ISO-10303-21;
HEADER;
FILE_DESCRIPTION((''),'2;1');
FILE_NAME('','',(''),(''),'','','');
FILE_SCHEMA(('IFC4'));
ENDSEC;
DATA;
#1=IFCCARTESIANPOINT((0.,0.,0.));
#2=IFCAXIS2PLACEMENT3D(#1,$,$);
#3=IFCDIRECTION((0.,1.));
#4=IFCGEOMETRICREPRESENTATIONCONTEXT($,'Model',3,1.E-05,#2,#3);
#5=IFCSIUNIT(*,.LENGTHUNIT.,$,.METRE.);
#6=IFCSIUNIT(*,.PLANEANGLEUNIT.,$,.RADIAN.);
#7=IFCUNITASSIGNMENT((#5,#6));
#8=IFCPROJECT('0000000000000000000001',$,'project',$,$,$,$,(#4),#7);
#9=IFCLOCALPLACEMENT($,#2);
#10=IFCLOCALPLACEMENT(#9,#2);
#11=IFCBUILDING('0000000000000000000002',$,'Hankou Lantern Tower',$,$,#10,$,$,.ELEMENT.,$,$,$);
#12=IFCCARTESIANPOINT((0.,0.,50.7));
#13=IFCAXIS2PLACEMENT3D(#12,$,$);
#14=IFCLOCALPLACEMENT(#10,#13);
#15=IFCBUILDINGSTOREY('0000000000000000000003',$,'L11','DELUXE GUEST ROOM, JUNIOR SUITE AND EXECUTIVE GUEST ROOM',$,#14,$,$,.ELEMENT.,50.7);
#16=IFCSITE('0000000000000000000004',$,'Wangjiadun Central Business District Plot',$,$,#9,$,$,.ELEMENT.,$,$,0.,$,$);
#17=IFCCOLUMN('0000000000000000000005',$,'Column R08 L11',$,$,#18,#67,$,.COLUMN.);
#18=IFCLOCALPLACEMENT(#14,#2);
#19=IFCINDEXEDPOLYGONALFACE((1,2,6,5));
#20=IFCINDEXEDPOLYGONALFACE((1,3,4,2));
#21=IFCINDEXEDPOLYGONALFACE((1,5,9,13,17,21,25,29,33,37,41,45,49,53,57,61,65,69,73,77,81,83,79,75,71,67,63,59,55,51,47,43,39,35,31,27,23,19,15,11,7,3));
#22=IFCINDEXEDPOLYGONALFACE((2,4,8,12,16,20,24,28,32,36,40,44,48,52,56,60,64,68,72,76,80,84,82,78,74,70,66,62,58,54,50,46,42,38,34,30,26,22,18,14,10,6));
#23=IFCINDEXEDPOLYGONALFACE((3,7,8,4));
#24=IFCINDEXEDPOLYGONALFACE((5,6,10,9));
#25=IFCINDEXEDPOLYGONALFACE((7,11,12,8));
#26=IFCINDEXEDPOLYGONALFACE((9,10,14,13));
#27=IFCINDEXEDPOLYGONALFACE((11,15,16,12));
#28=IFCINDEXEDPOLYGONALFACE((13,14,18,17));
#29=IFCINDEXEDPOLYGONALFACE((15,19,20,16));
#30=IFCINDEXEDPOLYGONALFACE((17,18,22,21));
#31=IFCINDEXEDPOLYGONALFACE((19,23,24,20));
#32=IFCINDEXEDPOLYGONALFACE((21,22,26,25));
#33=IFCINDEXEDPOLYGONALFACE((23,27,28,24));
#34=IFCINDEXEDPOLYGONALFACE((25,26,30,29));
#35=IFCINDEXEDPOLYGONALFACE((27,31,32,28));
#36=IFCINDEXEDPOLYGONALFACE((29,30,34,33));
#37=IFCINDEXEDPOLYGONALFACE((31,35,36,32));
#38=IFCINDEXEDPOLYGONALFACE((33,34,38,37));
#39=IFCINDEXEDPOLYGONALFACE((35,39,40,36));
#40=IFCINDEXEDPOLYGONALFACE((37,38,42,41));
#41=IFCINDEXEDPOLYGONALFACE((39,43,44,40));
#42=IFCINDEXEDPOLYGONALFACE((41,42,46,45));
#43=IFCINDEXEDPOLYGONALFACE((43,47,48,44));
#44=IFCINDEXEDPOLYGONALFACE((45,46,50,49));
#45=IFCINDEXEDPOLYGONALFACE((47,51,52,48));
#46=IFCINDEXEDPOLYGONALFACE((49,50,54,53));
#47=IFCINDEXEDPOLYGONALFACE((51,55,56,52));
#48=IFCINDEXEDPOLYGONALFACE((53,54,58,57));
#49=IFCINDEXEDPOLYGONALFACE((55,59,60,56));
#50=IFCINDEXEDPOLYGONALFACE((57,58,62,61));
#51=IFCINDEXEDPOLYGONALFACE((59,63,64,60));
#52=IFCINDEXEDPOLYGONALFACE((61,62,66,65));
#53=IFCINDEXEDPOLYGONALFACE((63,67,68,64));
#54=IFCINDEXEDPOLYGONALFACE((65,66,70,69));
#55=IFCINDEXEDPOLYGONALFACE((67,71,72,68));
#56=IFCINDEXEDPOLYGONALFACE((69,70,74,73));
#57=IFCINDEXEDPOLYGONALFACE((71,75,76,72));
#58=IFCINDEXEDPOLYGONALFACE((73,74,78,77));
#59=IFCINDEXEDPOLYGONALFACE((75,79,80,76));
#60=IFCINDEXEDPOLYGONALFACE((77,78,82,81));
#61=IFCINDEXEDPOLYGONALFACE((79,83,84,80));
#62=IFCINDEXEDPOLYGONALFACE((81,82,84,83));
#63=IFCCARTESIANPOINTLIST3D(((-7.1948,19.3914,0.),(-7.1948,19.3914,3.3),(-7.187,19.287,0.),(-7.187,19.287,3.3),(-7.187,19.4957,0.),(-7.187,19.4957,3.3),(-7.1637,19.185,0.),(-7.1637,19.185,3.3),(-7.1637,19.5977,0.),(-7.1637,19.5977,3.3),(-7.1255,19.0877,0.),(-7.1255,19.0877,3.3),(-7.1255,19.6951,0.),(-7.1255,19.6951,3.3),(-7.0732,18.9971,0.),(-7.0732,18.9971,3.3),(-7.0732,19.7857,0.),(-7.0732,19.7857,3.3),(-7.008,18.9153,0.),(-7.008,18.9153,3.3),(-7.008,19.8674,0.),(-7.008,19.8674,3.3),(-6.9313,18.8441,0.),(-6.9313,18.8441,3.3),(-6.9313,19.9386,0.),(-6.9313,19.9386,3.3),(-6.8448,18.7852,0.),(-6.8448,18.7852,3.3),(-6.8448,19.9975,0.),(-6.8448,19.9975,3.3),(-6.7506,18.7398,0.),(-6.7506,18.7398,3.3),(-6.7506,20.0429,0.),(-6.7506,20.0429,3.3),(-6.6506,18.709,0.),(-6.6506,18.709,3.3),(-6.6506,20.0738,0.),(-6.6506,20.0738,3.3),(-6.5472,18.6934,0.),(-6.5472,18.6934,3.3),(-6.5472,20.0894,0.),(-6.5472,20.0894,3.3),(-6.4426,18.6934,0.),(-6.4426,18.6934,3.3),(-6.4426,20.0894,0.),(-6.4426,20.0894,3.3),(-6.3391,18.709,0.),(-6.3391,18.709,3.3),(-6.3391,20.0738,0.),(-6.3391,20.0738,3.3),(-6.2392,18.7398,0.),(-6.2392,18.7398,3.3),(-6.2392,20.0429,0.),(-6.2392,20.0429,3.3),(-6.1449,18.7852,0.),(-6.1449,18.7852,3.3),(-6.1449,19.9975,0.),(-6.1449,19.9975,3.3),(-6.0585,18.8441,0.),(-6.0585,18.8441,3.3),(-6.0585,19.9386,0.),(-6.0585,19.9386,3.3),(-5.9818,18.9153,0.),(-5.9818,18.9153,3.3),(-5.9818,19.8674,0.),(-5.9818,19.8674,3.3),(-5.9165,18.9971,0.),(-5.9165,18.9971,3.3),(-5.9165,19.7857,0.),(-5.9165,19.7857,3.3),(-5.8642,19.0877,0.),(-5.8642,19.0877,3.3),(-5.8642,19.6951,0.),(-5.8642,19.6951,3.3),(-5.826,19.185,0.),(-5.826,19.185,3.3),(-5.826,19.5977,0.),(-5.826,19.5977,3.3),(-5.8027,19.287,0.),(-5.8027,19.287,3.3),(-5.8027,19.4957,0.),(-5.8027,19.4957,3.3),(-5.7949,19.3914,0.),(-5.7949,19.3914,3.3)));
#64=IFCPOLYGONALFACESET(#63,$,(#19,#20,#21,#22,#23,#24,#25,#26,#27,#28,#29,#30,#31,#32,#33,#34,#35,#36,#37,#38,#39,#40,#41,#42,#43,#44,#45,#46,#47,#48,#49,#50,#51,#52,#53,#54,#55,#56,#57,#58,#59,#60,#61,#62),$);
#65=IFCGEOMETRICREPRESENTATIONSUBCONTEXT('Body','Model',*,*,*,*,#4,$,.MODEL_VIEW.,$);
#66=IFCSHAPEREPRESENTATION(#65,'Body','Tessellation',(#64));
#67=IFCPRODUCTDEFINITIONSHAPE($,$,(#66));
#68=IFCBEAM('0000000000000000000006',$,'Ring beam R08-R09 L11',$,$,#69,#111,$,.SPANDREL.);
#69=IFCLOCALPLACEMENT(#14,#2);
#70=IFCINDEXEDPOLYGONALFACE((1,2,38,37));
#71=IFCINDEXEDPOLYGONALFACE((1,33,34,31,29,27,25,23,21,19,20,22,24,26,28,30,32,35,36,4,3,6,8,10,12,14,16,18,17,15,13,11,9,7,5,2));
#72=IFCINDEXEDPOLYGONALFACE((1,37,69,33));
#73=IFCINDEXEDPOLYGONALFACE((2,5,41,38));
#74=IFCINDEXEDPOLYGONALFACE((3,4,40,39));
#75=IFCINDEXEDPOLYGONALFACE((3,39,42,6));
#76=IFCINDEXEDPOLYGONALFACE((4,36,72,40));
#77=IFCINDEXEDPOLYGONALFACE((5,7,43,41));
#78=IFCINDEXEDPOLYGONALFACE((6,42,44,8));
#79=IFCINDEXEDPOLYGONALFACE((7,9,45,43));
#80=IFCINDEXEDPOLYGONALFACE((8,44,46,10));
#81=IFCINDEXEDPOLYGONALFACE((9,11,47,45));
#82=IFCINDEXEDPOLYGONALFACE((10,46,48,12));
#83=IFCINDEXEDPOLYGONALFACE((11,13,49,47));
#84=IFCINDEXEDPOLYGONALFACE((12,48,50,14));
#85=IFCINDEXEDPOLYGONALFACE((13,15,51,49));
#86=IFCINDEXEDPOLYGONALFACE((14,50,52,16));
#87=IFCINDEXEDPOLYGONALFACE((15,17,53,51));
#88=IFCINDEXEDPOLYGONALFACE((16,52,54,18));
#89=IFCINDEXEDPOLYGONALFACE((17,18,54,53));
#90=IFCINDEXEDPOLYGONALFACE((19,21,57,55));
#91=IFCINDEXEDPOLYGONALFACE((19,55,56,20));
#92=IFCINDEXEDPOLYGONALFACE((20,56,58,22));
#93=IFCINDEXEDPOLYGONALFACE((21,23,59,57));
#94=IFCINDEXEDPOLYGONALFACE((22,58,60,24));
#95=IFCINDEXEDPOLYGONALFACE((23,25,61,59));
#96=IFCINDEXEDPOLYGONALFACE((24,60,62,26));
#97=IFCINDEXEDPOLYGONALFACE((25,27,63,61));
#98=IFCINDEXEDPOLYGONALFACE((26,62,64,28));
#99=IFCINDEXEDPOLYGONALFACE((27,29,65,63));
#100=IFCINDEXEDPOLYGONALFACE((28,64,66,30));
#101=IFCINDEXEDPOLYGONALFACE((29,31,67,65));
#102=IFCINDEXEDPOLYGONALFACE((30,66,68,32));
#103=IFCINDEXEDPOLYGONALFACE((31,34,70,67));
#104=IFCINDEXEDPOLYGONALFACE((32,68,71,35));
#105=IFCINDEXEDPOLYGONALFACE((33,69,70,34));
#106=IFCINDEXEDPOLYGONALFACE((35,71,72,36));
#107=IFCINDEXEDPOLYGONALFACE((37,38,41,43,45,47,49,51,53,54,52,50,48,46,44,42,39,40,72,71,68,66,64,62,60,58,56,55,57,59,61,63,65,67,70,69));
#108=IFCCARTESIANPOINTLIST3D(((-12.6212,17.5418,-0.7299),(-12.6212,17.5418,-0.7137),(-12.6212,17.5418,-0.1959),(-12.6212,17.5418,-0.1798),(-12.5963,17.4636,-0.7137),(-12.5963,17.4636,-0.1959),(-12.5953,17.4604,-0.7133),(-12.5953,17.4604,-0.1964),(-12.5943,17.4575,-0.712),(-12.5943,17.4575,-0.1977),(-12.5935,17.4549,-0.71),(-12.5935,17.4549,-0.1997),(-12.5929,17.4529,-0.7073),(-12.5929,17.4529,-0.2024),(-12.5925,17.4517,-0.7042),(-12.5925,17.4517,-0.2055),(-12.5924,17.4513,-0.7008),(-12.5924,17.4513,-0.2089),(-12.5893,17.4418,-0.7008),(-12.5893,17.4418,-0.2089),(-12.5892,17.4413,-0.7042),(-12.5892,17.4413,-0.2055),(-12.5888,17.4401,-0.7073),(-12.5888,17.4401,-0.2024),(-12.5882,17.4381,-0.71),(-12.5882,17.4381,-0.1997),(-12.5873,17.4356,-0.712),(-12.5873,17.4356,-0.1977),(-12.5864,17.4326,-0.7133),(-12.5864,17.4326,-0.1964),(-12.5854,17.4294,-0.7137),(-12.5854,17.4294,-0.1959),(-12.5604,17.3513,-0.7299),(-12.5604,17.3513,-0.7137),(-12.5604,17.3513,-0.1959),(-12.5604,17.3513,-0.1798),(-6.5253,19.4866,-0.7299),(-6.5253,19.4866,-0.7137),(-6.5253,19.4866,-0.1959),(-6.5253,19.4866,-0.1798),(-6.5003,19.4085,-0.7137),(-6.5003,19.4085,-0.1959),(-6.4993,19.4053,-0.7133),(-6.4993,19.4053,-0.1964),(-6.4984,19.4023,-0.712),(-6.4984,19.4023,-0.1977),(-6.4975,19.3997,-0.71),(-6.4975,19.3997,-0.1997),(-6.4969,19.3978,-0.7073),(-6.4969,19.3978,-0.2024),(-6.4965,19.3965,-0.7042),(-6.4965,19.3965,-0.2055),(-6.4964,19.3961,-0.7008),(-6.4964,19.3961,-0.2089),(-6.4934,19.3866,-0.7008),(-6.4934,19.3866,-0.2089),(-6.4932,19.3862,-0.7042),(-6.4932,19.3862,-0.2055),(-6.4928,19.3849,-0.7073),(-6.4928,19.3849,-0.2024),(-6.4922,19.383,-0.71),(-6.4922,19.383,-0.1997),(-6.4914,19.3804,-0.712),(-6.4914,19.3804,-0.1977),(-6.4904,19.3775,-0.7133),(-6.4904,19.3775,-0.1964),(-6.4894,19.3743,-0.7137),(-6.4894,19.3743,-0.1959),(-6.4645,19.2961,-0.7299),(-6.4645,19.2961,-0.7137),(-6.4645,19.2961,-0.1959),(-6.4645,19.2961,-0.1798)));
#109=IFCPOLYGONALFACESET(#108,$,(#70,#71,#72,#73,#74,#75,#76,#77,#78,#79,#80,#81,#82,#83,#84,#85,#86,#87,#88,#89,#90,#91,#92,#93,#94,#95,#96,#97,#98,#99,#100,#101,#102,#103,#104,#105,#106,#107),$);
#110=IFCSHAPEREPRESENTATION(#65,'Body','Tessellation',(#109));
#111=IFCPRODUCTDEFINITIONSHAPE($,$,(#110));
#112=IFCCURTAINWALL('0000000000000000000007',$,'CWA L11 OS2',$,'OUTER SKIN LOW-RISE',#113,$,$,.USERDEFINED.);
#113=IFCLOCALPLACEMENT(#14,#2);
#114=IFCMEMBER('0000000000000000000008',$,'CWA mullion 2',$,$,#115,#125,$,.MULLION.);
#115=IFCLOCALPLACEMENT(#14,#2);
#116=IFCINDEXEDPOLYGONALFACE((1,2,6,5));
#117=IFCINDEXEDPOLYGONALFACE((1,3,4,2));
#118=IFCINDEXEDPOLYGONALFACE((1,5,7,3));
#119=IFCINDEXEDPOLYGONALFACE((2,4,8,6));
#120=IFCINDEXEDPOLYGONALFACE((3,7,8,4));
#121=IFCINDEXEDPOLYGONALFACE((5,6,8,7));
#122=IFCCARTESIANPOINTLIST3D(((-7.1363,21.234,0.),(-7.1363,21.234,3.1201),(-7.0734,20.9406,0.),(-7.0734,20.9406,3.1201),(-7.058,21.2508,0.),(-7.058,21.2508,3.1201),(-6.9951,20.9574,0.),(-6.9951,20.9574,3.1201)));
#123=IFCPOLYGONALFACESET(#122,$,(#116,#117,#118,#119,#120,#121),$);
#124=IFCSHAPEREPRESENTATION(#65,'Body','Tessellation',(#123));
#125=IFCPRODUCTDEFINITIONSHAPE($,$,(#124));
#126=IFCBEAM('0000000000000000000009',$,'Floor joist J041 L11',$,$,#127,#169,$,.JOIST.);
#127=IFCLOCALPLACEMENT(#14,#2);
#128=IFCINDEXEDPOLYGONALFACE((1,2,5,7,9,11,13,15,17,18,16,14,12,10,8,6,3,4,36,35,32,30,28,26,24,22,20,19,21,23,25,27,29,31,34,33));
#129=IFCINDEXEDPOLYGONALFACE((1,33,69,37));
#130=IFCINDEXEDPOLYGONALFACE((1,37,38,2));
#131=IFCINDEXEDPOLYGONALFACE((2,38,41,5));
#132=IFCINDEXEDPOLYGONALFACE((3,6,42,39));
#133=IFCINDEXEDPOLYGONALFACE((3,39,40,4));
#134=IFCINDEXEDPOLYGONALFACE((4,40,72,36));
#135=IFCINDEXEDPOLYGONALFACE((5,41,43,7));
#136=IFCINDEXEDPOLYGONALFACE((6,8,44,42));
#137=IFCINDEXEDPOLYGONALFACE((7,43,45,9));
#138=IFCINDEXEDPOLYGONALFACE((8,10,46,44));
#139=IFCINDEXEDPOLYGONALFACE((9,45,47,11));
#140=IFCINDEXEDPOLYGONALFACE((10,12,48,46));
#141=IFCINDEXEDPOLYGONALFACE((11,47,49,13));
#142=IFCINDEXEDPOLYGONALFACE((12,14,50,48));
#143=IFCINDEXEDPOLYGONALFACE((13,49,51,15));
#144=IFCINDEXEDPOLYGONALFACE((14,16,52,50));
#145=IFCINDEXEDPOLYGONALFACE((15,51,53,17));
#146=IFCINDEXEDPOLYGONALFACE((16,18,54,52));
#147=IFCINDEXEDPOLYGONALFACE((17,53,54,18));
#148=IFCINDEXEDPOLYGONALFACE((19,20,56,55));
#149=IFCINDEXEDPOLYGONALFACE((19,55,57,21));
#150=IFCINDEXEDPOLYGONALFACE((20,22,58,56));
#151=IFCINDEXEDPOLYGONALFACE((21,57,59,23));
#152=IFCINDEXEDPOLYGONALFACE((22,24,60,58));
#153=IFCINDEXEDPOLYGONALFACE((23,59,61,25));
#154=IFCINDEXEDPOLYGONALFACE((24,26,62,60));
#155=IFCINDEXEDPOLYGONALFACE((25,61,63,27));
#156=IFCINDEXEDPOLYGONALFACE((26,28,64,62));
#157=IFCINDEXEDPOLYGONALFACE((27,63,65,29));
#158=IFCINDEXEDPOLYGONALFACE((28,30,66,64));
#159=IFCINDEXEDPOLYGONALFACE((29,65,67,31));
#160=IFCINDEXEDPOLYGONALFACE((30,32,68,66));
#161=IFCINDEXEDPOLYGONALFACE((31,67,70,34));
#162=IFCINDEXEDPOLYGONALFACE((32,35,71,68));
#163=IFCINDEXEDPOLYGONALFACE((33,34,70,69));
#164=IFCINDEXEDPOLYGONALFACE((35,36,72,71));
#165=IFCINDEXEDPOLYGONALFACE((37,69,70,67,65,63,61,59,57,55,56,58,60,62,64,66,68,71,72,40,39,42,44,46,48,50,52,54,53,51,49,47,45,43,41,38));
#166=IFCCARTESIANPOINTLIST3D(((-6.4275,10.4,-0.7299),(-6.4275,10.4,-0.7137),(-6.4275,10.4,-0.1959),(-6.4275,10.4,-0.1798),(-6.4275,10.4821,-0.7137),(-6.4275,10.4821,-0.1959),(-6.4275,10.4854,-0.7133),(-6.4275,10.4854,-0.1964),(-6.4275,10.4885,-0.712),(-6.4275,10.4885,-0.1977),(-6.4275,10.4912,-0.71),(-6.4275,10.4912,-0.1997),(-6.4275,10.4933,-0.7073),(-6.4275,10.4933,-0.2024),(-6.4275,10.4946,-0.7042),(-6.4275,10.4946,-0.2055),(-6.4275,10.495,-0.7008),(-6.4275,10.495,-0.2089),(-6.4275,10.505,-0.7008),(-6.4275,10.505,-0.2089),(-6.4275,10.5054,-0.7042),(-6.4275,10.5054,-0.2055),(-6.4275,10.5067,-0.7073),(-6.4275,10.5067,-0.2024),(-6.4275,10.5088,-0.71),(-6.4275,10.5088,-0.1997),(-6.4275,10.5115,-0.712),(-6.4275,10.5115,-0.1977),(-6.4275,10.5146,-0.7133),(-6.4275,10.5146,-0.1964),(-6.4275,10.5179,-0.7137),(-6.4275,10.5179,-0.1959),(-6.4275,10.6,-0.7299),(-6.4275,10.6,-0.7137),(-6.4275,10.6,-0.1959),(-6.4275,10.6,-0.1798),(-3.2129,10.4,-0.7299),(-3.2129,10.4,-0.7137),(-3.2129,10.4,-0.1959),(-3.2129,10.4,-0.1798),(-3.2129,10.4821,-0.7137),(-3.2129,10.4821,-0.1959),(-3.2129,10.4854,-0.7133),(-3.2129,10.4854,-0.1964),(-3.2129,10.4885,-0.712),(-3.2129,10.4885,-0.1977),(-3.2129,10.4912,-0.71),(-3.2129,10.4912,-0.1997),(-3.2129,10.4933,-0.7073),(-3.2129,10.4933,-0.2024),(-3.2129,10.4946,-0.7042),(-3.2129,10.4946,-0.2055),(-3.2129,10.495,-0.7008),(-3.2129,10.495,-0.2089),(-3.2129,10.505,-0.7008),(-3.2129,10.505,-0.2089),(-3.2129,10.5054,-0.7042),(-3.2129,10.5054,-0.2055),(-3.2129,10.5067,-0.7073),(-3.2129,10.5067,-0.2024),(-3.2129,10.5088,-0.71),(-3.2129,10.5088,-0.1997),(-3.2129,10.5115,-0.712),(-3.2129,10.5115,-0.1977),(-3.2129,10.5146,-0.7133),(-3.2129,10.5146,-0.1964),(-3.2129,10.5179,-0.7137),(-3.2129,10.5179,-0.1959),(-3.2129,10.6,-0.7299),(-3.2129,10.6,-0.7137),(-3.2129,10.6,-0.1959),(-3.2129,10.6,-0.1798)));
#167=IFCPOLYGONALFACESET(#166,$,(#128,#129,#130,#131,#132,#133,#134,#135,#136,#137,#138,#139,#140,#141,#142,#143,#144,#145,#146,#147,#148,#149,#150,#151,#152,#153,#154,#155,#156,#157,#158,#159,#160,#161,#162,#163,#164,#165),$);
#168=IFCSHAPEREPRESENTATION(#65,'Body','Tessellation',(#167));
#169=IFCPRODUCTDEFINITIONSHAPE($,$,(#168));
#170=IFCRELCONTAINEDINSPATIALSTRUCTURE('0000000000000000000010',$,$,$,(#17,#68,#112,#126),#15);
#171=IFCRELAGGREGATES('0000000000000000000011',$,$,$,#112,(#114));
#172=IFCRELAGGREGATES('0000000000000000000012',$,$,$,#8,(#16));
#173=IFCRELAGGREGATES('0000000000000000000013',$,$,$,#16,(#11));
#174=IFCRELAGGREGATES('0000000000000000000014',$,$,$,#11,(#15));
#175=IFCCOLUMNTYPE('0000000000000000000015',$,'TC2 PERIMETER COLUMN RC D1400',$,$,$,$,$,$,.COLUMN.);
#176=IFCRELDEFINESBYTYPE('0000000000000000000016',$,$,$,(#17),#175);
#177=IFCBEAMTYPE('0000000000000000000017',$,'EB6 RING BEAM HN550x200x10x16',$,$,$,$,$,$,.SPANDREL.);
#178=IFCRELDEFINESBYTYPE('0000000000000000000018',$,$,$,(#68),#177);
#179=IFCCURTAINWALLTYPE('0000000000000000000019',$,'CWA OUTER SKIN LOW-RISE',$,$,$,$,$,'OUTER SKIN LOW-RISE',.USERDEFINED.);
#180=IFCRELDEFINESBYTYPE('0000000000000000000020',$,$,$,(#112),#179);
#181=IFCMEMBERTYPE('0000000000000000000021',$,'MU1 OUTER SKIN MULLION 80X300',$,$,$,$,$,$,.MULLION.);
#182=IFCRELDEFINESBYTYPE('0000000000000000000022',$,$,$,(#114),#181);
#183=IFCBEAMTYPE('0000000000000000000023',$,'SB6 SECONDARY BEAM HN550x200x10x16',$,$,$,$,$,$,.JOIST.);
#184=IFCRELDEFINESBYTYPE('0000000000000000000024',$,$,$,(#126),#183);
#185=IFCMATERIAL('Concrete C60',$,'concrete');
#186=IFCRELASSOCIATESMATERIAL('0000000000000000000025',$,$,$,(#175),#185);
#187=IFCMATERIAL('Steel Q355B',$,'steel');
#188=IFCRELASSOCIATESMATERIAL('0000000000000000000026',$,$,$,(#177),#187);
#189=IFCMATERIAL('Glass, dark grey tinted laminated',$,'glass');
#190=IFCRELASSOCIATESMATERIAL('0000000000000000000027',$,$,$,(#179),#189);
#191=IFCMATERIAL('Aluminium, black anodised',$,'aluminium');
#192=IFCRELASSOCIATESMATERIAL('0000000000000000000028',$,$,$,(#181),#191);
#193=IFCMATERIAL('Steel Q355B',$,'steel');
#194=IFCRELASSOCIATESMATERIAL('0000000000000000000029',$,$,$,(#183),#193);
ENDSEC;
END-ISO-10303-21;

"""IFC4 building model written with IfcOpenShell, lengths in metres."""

from ifc_helpers import new_model, si_unit, direction, frame, origin, origin_2d, place, context, subcontext, project, spatial, rectangle, circle, i_section, extrude, material, material_profile, profile_set, type_object, element, aggregate, save


model = new_model("IFC4")

# Units and contexts
model_context = context("Model", 3, precision=1e-05, world=origin(), true_north=direction((0.0, 1.0)))
body_context = subcontext(model_context, "Body", "Model", "MODEL_VIEW")
ifc_project = project(units=[si_unit("LENGTHUNIT", "METRE"), si_unit("PLANEANGLEUNIT", "RADIAN")], contexts=[model_context])

# Site, building, storey
site_placement = place(None, origin())
site = spatial("IfcSite", under=ifc_project, at=site_placement, Name="Wangjiadun Central Business District Plot", CompositionType="ELEMENT", RefElevation=0.0)
building_placement = place(site_placement, origin())
building = spatial("IfcBuilding", under=site, at=building_placement, Name="Hankou Lantern Tower", CompositionType="ELEMENT")
storey_placement = place(building_placement, frame((0.0, 0.0, 50.7)))
storey = spatial("IfcBuildingStorey", under=building, at=storey_placement, Name="L11", Description="DELUXE GUEST ROOM, JUNIOR SUITE AND EXECUTIVE GUEST ROOM", CompositionType="ELEMENT", Elevation=50.7)

# Column
ifc_material_1 = material(Name="Concrete C60", Category="concrete")
ifc_material_profile_1 = material_profile(ifc_material_1, circle(Radius=0.7, at=origin_2d()), Name="RC D1400")
ifc_profile_set_1 = profile_set([ifc_material_profile_1], Name="Concrete C60")
column_type = type_object("IfcColumnType", Name="TC2 PERIMETER COLUMN RC D1400", PredefinedType="COLUMN", material=ifc_profile_set_1)
column_placement = place(storey_placement, frame((-6.4949, 19.3914, 0.0), z_axis=(0.0, 0.0, 1.0), x_axis=(1.0, 0.0, 0.0)))
element("IfcColumn", 1, at=column_placement, inside=storey, type_object=column_type, Name="Column R08 L11", PredefinedType="COLUMN", context=body_context, shape_type="SweptSolid", body=[
    extrude(circle(Radius=0.7, at=origin_2d()), origin(), (0.0, 0.0, 1.0), 3.3),
])

# Beam
ifc_material_2 = material(Name="Steel Q355B", Category="steel")
ifc_material_profile_2 = material_profile(ifc_material_2, i_section(OverallWidth=0.2, OverallDepth=0.55, WebThickness=0.01, FlangeThickness=0.0161, FilletRadius=0.0129, at=origin_2d()), Name="HN550x200x10x16")
ifc_profile_set_2 = profile_set([ifc_material_profile_2], Name="Steel Q355B")
beam_type_1 = type_object("IfcBeamType", Name="EB6 RING BEAM HN550x200x10x16", PredefinedType="SPANDREL", material=ifc_profile_set_2)
beam_1_placement = place(storey_placement, frame((-6.4949, 19.3914, -0.4548), z_axis=(-0.95269, -0.303942, 0.0), x_axis=(0.303942, -0.95269, 0.0)))
element("IfcBeam", 2, at=beam_1_placement, inside=storey, type_object=beam_type_1, Name="Ring beam R08-R09 L11", PredefinedType="SPANDREL", context=body_context, shape_type="SweptSolid", body=[
    extrude(i_section(OverallWidth=0.2, OverallDepth=0.55, WebThickness=0.01, FlangeThickness=0.0161, FilletRadius=0.0129, at=origin_2d()), origin(), (0.0, 0.0, 1.0), 6.3987),
])

# Curtain wall, member
ifc_material_3 = material(Name="Glass, dark grey tinted laminated", Category="glass")
curtain_wall_type = type_object("IfcCurtainWallType", Name="CWA OUTER SKIN LOW-RISE", ElementType="OUTER SKIN LOW-RISE", PredefinedType="USERDEFINED", material=ifc_material_3)
curtain_wall_placement = place(storey_placement, origin())
curtain_wall = element("IfcCurtainWall", 3, at=curtain_wall_placement, inside=storey, type_object=curtain_wall_type, Name="CWA L11 OS2", ObjectType="OUTER SKIN LOW-RISE", PredefinedType="USERDEFINED")
ifc_material_4 = material(Name="Aluminium, black anodised", Category="aluminium")
ifc_material_profile_3 = material_profile(ifc_material_4, rectangle(XDim=0.0801, YDim=0.3, at=origin_2d()), Name="MU1 80X300")
ifc_profile_set_3 = profile_set([ifc_material_profile_3], Name="Aluminium, black anodised")
member_type_1 = type_object("IfcMemberType", Name="MU1 OUTER SKIN MULLION 80X300", PredefinedType="MULLION", material=ifc_profile_set_3)
member_1_placement = place(storey_placement, frame((-7.0657, 21.0957, 0.0), z_axis=(0.0, 0.0, 1.0), x_axis=(-0.977788, -0.209598, 0.0)))
member_1 = element("IfcMember", 4, at=member_1_placement, type_object=member_type_1, Name="CWA mullion 2", PredefinedType="MULLION", context=body_context, shape_type="SweptSolid", body=[
    extrude(rectangle(XDim=0.0801, YDim=0.3, at=origin_2d()), origin(), (0.0, 0.0, 1.0), 3.1201),
])

# Beam
ifc_material_5 = material(Name="Steel Q355B", Category="steel")
ifc_material_profile_4 = material_profile(ifc_material_5, i_section(OverallWidth=0.2, OverallDepth=0.55, WebThickness=0.01, FlangeThickness=0.0161, FilletRadius=0.0129, at=origin_2d()), Name="HN550x200x10x16")
ifc_profile_set_4 = profile_set([ifc_material_profile_4], Name="Steel Q355B")
beam_type_2 = type_object("IfcBeamType", Name="SB6 SECONDARY BEAM HN550x200x10x16", PredefinedType="JOIST", material=ifc_profile_set_4)
beam_2_placement = place(storey_placement, frame((-6.4275, 10.5, -0.4548), z_axis=(1.0, 0.0, 0.0), x_axis=(0.0, 1.0, 0.0)))
element("IfcBeam", 5, at=beam_2_placement, inside=storey, type_object=beam_type_2, Name="Floor joist J041 L11", PredefinedType="JOIST", context=body_context, shape_type="SweptSolid", body=[
    extrude(i_section(OverallWidth=0.2, OverallDepth=0.55, WebThickness=0.01, FlangeThickness=0.0161, FilletRadius=0.0129, at=origin_2d()), origin(), (0.0, 0.0, 1.0), 3.2146),
])

aggregate(curtain_wall, [member_1])

save(model, "model.ifc")
